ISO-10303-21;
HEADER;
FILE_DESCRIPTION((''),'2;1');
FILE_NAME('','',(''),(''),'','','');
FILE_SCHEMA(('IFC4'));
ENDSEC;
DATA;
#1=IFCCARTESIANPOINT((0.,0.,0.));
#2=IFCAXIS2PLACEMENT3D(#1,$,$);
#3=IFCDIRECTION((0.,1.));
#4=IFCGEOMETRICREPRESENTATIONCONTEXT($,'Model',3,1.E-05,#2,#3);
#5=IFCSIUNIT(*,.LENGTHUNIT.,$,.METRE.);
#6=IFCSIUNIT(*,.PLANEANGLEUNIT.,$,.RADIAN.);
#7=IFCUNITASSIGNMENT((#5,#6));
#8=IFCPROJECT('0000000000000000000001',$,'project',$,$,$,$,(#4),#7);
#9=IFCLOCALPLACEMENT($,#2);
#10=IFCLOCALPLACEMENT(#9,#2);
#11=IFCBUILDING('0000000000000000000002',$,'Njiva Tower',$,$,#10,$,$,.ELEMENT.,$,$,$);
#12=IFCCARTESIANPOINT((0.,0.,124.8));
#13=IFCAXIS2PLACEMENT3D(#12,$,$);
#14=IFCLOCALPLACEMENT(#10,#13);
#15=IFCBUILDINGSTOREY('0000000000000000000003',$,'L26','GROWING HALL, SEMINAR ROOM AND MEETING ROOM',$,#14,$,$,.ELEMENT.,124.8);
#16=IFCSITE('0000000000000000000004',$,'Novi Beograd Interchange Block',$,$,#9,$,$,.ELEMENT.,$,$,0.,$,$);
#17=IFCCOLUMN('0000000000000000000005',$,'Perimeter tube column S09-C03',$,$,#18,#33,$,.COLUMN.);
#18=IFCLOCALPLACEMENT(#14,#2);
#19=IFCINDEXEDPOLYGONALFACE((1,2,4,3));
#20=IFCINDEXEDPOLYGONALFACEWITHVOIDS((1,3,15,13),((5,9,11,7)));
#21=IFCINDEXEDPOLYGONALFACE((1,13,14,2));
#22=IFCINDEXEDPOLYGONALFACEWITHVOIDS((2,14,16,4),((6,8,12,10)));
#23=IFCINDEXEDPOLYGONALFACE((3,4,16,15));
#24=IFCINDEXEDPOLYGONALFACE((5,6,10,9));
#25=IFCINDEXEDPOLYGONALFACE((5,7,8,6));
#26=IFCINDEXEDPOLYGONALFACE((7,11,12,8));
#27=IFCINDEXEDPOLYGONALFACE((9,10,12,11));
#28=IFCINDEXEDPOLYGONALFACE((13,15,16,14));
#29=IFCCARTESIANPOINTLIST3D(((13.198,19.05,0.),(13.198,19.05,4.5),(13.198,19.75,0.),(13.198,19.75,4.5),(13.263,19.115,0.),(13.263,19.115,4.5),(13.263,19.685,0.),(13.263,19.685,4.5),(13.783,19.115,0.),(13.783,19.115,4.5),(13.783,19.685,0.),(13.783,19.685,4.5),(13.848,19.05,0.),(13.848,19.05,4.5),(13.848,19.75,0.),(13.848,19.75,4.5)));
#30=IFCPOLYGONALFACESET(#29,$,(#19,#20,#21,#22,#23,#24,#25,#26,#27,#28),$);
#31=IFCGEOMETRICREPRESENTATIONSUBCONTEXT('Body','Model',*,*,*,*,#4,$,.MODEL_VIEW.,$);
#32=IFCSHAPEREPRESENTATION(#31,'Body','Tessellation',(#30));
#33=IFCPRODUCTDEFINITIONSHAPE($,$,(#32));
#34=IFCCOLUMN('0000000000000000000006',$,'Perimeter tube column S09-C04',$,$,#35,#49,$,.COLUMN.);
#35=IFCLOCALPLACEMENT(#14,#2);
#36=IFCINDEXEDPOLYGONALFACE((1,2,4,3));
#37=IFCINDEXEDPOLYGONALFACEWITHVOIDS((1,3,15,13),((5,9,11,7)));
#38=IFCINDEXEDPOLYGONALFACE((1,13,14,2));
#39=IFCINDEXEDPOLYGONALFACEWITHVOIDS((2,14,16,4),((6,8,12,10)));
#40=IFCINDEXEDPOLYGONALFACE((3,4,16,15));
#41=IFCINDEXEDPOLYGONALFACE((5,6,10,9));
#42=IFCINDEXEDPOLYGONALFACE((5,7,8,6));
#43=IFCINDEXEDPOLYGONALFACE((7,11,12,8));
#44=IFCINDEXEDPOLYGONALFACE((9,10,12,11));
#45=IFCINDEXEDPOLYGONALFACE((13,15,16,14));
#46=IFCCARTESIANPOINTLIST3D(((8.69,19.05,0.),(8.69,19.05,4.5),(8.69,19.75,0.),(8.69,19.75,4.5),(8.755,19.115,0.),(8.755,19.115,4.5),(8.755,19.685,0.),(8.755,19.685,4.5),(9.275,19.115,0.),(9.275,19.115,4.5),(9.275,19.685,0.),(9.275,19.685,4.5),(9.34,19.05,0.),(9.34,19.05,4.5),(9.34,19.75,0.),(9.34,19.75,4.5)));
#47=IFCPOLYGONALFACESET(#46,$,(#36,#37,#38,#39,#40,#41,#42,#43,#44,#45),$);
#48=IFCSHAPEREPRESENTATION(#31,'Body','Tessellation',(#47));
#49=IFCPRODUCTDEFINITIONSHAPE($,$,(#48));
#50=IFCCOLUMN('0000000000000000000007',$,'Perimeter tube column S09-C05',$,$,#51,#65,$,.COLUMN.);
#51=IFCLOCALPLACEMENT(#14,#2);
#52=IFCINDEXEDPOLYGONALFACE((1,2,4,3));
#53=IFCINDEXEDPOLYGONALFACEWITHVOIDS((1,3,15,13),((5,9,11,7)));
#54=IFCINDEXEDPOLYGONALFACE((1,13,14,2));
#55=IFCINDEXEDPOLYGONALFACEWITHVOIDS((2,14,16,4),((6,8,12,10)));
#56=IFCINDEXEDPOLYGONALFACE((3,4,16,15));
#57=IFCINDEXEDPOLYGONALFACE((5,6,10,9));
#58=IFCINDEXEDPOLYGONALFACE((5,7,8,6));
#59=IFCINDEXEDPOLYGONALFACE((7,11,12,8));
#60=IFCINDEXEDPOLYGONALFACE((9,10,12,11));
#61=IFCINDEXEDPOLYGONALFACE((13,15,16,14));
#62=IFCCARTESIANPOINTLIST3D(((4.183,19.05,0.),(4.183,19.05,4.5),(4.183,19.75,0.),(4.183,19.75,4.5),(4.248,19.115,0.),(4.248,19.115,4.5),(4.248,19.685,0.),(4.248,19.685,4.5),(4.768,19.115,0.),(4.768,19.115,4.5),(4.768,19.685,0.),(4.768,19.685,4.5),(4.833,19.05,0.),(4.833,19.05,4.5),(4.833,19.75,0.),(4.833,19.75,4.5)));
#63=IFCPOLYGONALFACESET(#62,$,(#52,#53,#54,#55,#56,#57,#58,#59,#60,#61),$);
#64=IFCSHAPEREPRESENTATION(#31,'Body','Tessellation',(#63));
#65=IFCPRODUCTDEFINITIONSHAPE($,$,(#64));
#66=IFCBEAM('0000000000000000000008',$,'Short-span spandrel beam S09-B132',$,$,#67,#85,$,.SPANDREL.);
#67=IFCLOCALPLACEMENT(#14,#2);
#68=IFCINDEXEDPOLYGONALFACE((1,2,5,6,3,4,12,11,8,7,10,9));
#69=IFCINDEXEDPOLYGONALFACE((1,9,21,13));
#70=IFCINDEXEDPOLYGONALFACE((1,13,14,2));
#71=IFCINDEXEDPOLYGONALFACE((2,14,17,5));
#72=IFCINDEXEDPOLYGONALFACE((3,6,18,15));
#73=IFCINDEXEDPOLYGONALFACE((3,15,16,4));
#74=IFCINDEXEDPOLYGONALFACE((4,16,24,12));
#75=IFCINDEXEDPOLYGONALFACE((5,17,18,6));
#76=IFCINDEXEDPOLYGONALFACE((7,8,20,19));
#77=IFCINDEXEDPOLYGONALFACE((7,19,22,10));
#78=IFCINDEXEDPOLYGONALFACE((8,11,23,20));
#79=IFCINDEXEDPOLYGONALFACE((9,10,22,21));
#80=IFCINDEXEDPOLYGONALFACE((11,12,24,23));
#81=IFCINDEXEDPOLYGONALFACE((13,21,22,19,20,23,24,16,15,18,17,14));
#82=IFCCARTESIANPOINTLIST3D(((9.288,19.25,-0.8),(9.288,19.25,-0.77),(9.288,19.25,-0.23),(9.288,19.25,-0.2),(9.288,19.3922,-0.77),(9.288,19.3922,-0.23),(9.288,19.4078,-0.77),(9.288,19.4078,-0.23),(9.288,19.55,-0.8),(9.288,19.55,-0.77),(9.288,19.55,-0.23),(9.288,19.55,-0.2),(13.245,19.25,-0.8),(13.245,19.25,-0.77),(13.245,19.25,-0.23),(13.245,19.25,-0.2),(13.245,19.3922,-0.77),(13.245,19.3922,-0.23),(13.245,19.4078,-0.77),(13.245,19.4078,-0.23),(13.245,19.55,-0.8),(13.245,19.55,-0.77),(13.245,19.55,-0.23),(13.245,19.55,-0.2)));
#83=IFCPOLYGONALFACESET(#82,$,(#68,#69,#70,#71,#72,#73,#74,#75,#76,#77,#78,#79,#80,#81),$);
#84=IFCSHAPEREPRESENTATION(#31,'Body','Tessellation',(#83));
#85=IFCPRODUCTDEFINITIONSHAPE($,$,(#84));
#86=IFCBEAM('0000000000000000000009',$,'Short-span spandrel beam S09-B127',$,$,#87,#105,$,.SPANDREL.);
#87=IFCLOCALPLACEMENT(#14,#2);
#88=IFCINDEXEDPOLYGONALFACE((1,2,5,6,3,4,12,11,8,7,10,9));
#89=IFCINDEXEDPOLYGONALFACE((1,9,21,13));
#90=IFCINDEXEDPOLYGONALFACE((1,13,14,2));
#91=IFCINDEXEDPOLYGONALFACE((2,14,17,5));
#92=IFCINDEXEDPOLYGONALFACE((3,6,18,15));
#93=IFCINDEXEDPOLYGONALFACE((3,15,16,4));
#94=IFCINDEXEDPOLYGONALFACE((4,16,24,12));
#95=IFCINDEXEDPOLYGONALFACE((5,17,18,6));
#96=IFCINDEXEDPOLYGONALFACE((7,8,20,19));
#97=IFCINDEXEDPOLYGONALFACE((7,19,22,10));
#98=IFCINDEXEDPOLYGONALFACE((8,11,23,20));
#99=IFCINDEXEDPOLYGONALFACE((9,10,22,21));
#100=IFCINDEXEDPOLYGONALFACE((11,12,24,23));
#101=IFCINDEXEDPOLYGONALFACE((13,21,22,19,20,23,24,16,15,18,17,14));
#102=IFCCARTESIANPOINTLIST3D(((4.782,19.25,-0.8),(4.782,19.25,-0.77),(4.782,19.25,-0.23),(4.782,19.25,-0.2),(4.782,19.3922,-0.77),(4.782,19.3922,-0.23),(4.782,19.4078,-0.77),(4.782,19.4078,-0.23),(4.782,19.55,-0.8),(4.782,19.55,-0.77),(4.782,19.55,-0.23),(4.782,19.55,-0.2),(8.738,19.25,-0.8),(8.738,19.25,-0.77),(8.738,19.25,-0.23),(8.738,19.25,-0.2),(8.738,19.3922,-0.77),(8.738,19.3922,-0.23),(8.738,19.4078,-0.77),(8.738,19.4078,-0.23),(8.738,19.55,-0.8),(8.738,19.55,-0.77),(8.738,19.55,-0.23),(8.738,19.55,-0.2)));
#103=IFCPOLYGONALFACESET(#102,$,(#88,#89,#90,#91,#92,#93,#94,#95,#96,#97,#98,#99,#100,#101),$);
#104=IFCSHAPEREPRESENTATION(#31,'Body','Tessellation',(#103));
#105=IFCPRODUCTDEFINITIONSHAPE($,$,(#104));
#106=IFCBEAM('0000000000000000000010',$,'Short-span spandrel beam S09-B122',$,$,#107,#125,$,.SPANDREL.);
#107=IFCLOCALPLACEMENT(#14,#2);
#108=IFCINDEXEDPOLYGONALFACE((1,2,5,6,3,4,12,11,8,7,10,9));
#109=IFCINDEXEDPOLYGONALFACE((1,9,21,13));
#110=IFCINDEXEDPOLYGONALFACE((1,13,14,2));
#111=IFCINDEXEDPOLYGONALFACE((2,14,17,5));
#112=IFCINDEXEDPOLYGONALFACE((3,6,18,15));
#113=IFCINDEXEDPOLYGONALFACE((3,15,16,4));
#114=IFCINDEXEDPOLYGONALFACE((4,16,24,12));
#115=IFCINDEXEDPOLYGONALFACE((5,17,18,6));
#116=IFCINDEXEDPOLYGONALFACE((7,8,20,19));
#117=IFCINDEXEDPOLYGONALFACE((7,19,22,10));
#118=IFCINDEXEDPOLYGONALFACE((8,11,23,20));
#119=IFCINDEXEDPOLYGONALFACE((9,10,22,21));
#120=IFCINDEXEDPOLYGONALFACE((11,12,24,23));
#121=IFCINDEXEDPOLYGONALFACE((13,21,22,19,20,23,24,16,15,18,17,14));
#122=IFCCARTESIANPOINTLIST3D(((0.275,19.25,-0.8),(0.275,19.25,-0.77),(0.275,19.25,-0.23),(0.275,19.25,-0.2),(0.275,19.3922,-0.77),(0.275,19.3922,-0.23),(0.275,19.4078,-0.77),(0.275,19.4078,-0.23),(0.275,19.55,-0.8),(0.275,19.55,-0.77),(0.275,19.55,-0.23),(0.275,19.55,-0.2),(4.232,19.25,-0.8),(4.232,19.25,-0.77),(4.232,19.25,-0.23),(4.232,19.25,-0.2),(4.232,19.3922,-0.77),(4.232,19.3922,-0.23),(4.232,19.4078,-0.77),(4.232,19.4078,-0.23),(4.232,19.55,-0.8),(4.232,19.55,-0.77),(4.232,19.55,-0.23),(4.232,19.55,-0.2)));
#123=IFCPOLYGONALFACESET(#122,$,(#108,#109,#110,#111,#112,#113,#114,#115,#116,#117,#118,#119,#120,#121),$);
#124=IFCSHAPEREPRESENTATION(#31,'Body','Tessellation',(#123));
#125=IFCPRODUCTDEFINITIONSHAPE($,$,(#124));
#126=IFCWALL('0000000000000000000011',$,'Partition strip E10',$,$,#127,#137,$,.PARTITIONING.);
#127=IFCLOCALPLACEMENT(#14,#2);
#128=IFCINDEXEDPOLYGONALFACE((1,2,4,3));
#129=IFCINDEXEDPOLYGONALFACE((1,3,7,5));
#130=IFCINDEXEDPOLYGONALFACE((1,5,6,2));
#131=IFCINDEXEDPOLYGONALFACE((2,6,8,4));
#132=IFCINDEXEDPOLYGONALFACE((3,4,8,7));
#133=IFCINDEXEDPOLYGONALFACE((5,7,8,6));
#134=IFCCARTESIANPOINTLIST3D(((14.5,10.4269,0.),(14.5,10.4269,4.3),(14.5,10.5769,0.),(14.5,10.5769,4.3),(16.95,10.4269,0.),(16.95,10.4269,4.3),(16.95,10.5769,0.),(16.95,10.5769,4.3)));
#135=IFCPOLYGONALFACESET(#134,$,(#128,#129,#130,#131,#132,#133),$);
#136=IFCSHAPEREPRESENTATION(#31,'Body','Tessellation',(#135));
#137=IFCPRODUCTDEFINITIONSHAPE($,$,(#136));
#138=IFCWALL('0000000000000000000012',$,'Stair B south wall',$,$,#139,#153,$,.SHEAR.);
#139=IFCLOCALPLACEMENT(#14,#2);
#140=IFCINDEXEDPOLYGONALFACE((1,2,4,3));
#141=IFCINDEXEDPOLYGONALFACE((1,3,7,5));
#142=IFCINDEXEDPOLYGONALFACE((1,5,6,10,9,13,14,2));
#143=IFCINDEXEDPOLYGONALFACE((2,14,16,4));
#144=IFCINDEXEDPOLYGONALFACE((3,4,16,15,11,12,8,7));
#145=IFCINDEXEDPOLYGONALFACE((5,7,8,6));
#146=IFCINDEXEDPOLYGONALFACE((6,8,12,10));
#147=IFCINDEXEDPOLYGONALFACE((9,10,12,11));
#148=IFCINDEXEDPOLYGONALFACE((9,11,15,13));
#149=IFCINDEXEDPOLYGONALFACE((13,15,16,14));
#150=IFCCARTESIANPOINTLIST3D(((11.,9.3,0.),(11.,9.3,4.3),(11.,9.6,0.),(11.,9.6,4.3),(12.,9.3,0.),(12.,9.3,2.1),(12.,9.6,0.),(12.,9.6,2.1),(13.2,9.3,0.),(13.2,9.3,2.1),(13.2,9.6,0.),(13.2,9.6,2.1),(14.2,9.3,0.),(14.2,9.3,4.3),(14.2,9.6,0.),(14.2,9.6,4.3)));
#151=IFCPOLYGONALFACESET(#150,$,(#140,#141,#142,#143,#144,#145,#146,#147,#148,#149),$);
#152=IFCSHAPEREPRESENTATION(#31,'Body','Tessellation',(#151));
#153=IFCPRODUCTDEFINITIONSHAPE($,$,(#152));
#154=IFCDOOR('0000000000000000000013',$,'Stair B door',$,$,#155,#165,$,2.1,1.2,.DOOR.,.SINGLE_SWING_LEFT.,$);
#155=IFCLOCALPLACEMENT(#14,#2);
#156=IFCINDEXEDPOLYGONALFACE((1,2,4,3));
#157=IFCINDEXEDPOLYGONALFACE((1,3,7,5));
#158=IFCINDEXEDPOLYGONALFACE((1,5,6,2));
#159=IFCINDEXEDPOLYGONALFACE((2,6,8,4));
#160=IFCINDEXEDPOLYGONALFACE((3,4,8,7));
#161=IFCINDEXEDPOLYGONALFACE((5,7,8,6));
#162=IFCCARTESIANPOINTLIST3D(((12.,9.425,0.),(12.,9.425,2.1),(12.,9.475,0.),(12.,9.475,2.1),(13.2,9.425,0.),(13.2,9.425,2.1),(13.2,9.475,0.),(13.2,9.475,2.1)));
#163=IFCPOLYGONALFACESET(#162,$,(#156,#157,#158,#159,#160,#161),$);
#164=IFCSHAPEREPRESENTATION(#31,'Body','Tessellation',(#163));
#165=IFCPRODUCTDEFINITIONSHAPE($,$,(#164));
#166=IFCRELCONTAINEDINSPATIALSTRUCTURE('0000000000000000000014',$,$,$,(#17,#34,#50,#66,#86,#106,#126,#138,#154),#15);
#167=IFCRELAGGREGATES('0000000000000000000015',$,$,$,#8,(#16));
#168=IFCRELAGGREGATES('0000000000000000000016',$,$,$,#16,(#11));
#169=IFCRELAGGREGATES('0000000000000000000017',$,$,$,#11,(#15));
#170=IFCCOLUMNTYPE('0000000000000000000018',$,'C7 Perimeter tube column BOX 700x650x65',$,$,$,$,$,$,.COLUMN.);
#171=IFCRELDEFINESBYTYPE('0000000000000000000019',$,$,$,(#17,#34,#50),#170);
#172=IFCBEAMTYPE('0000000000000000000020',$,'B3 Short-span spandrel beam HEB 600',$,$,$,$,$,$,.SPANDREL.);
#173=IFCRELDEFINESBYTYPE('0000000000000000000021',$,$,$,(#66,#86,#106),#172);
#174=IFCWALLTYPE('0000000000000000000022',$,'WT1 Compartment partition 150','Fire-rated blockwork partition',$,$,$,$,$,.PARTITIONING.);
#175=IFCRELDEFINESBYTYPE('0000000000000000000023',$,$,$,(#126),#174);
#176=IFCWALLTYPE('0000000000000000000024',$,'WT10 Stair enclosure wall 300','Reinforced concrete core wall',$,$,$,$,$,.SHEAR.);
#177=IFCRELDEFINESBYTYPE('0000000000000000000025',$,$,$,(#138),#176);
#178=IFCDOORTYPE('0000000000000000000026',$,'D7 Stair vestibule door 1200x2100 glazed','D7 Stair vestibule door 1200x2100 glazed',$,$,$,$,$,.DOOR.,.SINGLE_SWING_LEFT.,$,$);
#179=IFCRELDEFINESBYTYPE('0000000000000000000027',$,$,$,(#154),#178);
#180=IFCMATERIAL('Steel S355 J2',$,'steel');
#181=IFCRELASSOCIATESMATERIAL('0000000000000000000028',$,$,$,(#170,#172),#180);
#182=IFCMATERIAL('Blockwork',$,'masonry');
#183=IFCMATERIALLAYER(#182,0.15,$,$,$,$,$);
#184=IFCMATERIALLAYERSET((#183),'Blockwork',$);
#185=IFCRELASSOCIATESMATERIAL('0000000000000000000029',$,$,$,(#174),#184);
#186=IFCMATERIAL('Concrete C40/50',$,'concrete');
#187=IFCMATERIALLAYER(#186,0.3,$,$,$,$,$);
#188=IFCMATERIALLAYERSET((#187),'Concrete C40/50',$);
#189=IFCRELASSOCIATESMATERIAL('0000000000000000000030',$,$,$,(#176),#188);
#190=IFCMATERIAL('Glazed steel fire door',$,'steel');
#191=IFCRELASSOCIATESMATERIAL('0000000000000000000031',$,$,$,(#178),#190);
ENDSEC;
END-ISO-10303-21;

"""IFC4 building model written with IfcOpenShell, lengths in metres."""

from ifc_helpers import new_model, si_unit, direction, frame, frame_2d, origin, origin_2d, place, context, subcontext, project, spatial, rectangle, hollow_rectangle, i_section, extrude, material, layer, layer_set, material_profile, profile_set, type_object, element, fill, save


model = new_model("IFC4")

# Units and contexts
model_context = context("Model", 3, precision=1e-05, world=origin(), true_north=direction((0.0, 1.0)))
body_context = subcontext(model_context, "Body", "Model", "MODEL_VIEW")
ifc_project = project(units=[si_unit("LENGTHUNIT", "METRE"), si_unit("PLANEANGLEUNIT", "RADIAN")], contexts=[model_context])

# Site, building, storey
site_placement = place(None, origin())
site = spatial("IfcSite", under=ifc_project, at=site_placement, Name="Novi Beograd Interchange Block", CompositionType="ELEMENT", RefElevation=0.0)
building_placement = place(site_placement, origin())
building = spatial("IfcBuilding", under=site, at=building_placement, Name="Njiva Tower", CompositionType="ELEMENT")
storey_placement = place(building_placement, frame((0.0, 0.0, 124.8)))
storey = spatial("IfcBuildingStorey", under=building, at=storey_placement, Name="L26", Description="GROWING HALL, SEMINAR ROOM AND MEETING ROOM", CompositionType="ELEMENT", Elevation=124.8)

# Columns
ifc_material_1 = material(Name="Steel S355 J2", Category="steel")
ifc_material_profile_1 = material_profile(ifc_material_1, hollow_rectangle(XDim=0.65, YDim=0.7, WallThickness=0.065, at=origin_2d()), Name="BOX 700x650x65")
ifc_profile_set_1 = profile_set([ifc_material_profile_1], Name="Steel S355 J2")
column_type = type_object("IfcColumnType", Name="C7 Perimeter tube column BOX 700x650x65", PredefinedType="COLUMN", material=ifc_profile_set_1)
for number, where, z_axis, x_axis, name in (
    (1, (13.523, 19.4, 0.0), (0.0, 0.0, 1.0), (-1.0, 0.0, 0.0), "Perimeter tube column S09-C03"),
    (2, (9.015, 19.4, 0.0), (0.0, 0.0, 1.0), (-1.0, 0.0, 0.0), "Perimeter tube column S09-C04"),
    (3, (4.508, 19.4, 0.0), (0.0, 0.0, 1.0), (-1.0, 0.0, 0.0), "Perimeter tube column S09-C05"),
):
    element("IfcColumn", number, at=place(storey_placement, frame(where, z_axis=z_axis, x_axis=x_axis)), inside=storey, type_object=column_type, Name=name, PredefinedType="COLUMN", context=body_context, shape_type="SweptSolid", body=[
        extrude(hollow_rectangle(XDim=0.65, YDim=0.7, WallThickness=0.065, at=origin_2d()), origin(), (0.0, 0.0, 1.0), 4.5),
    ])

# Beams
ifc_material_profile_2 = material_profile(ifc_material_1, i_section(OverallWidth=0.3, OverallDepth=0.6, WebThickness=0.0155, FlangeThickness=0.03, at=origin_2d()), Name="HEB 600")
ifc_profile_set_2 = profile_set([ifc_material_profile_2], Name="Steel S355 J2")
beam_type = type_object("IfcBeamType", Name="B3 Short-span spandrel beam HEB 600", PredefinedType="SPANDREL", material=ifc_profile_set_2)
beam_1_placement = place(storey_placement, frame((13.245, 19.4, -0.5), z_axis=(-1.0, 0.0, 0.0), x_axis=(0.0, -1.0, 0.0)))
element("IfcBeam", 4, at=beam_1_placement, inside=storey, type_object=beam_type, Name="Short-span spandrel beam S09-B132", PredefinedType="SPANDREL", context=body_context, shape_type="SweptSolid", body=[
    extrude(i_section(OverallWidth=0.3, OverallDepth=0.6, WebThickness=0.0155, FlangeThickness=0.03, at=origin_2d()), origin(), (0.0, 0.0, 1.0), 3.957),
])
beam_2_placement = place(storey_placement, frame((8.738, 19.4, -0.5), z_axis=(-1.0, 0.0, 0.0), x_axis=(0.0, -1.0, 0.0)))
element("IfcBeam", 5, at=beam_2_placement, inside=storey, type_object=beam_type, Name="Short-span spandrel beam S09-B127", PredefinedType="SPANDREL", context=body_context, shape_type="SweptSolid", body=[
    extrude(i_section(OverallWidth=0.3, OverallDepth=0.6, WebThickness=0.0155, FlangeThickness=0.03, at=origin_2d()), origin(), (0.0, 0.0, 1.0), 3.956),
])
beam_3_placement = place(storey_placement, frame((4.232, 19.4, -0.5), z_axis=(-1.0, 0.0, 0.0), x_axis=(0.0, -1.0, 0.0)))
element("IfcBeam", 6, at=beam_3_placement, inside=storey, type_object=beam_type, Name="Short-span spandrel beam S09-B122", PredefinedType="SPANDREL", context=body_context, shape_type="SweptSolid", body=[
    extrude(i_section(OverallWidth=0.3, OverallDepth=0.6, WebThickness=0.0155, FlangeThickness=0.03, at=origin_2d()), origin(), (0.0, 0.0, 1.0), 3.957),
])

# Wall
ifc_material_2 = material(Name="Blockwork", Category="masonry")
ifc_layer_1 = layer(ifc_material_2, 0.15)
ifc_layer_set_1 = layer_set([ifc_layer_1], Name="Blockwork")
wall_type_1 = type_object("IfcWallType", Name="WT1 Compartment partition 150", Description="Fire-rated blockwork partition", PredefinedType="PARTITIONING", material=ifc_layer_set_1)
wall_1_placement = place(storey_placement, frame((14.5, 10.5019, 0.0), z_axis=(0.0, 0.0, 1.0), x_axis=(1.0, 0.0, 0.0)))
element("IfcWall", 7, at=wall_1_placement, inside=storey, type_object=wall_type_1, Name="Partition strip E10", PredefinedType="PARTITIONING", context=body_context, shape_type="SweptSolid", body=[
    extrude(rectangle(XDim=2.45, YDim=0.15, at=frame_2d((1.225, 0.0))), origin(), (0.0, 0.0, 1.0), 4.3),
])

# Wall, opening, door
ifc_material_3 = material(Name="Concrete C40/50", Category="concrete")
ifc_layer_2 = layer(ifc_material_3, 0.3)
ifc_layer_set_2 = layer_set([ifc_layer_2], Name="Concrete C40/50")
wall_type_2 = type_object("IfcWallType", Name="WT10 Stair enclosure wall 300", Description="Reinforced concrete core wall", PredefinedType="SHEAR", material=ifc_layer_set_2)
wall_2_placement = place(storey_placement, frame((11.0, 9.45, 0.0), z_axis=(0.0, 0.0, 1.0), x_axis=(1.0, 0.0, 0.0)))
wall_2 = element("IfcWall", 8, at=wall_2_placement, inside=storey, type_object=wall_type_2, Name="Stair B south wall", PredefinedType="SHEAR", context=body_context, shape_type="SweptSolid", body=[
    extrude(rectangle(XDim=3.2, YDim=0.3, at=frame_2d((1.6, 0.0))), origin(), (0.0, 0.0, 1.0), 4.3),
])
opening_1_placement = place(wall_2_placement, frame((1.0, 0.0, 0.0)))
opening_1 = element("IfcOpeningElement", 9, at=opening_1_placement, cuts=wall_2, PredefinedType="OPENING", context=body_context, shape_type="SweptSolid", body=[
    extrude(rectangle(XDim=1.2, YDim=2.1, at=frame_2d((0.6, 1.05))), frame((0.0, 0.16, 0.0), z_axis=(0.0, -1.0, 0.0), x_axis=(1.0, 0.0, 0.0)), (0.0, 0.0, 1.0), 0.32),
])
ifc_material_4 = material(Name="Glazed steel fire door", Category="steel")
door_type_1 = type_object("IfcDoorType", Name="D7 Stair vestibule door 1200x2100 glazed", Description="D7 Stair vestibule door 1200x2100 glazed", OperationType="SINGLE_SWING_LEFT", PredefinedType="DOOR", material=ifc_material_4)
door_1_placement = place(opening_1_placement, origin())
door_1 = element("IfcDoor", 10, at=door_1_placement, inside=storey, type_object=door_type_1, Name="Stair B door", OperationType="SINGLE_SWING_LEFT", OverallHeight=2.1, OverallWidth=1.2, PredefinedType="DOOR", context=body_context, shape_type="SweptSolid", body=[
    extrude(rectangle(XDim=1.2, YDim=2.1, at=frame_2d((0.6, 1.05))), frame((0.0, 0.025, 0.0), z_axis=(0.0, -1.0, 0.0), x_axis=(1.0, 0.0, 0.0)), (0.0, 0.0, 1.0), 0.05),
])
fill(opening_1, door_1)

save(model, "model.ifc")
